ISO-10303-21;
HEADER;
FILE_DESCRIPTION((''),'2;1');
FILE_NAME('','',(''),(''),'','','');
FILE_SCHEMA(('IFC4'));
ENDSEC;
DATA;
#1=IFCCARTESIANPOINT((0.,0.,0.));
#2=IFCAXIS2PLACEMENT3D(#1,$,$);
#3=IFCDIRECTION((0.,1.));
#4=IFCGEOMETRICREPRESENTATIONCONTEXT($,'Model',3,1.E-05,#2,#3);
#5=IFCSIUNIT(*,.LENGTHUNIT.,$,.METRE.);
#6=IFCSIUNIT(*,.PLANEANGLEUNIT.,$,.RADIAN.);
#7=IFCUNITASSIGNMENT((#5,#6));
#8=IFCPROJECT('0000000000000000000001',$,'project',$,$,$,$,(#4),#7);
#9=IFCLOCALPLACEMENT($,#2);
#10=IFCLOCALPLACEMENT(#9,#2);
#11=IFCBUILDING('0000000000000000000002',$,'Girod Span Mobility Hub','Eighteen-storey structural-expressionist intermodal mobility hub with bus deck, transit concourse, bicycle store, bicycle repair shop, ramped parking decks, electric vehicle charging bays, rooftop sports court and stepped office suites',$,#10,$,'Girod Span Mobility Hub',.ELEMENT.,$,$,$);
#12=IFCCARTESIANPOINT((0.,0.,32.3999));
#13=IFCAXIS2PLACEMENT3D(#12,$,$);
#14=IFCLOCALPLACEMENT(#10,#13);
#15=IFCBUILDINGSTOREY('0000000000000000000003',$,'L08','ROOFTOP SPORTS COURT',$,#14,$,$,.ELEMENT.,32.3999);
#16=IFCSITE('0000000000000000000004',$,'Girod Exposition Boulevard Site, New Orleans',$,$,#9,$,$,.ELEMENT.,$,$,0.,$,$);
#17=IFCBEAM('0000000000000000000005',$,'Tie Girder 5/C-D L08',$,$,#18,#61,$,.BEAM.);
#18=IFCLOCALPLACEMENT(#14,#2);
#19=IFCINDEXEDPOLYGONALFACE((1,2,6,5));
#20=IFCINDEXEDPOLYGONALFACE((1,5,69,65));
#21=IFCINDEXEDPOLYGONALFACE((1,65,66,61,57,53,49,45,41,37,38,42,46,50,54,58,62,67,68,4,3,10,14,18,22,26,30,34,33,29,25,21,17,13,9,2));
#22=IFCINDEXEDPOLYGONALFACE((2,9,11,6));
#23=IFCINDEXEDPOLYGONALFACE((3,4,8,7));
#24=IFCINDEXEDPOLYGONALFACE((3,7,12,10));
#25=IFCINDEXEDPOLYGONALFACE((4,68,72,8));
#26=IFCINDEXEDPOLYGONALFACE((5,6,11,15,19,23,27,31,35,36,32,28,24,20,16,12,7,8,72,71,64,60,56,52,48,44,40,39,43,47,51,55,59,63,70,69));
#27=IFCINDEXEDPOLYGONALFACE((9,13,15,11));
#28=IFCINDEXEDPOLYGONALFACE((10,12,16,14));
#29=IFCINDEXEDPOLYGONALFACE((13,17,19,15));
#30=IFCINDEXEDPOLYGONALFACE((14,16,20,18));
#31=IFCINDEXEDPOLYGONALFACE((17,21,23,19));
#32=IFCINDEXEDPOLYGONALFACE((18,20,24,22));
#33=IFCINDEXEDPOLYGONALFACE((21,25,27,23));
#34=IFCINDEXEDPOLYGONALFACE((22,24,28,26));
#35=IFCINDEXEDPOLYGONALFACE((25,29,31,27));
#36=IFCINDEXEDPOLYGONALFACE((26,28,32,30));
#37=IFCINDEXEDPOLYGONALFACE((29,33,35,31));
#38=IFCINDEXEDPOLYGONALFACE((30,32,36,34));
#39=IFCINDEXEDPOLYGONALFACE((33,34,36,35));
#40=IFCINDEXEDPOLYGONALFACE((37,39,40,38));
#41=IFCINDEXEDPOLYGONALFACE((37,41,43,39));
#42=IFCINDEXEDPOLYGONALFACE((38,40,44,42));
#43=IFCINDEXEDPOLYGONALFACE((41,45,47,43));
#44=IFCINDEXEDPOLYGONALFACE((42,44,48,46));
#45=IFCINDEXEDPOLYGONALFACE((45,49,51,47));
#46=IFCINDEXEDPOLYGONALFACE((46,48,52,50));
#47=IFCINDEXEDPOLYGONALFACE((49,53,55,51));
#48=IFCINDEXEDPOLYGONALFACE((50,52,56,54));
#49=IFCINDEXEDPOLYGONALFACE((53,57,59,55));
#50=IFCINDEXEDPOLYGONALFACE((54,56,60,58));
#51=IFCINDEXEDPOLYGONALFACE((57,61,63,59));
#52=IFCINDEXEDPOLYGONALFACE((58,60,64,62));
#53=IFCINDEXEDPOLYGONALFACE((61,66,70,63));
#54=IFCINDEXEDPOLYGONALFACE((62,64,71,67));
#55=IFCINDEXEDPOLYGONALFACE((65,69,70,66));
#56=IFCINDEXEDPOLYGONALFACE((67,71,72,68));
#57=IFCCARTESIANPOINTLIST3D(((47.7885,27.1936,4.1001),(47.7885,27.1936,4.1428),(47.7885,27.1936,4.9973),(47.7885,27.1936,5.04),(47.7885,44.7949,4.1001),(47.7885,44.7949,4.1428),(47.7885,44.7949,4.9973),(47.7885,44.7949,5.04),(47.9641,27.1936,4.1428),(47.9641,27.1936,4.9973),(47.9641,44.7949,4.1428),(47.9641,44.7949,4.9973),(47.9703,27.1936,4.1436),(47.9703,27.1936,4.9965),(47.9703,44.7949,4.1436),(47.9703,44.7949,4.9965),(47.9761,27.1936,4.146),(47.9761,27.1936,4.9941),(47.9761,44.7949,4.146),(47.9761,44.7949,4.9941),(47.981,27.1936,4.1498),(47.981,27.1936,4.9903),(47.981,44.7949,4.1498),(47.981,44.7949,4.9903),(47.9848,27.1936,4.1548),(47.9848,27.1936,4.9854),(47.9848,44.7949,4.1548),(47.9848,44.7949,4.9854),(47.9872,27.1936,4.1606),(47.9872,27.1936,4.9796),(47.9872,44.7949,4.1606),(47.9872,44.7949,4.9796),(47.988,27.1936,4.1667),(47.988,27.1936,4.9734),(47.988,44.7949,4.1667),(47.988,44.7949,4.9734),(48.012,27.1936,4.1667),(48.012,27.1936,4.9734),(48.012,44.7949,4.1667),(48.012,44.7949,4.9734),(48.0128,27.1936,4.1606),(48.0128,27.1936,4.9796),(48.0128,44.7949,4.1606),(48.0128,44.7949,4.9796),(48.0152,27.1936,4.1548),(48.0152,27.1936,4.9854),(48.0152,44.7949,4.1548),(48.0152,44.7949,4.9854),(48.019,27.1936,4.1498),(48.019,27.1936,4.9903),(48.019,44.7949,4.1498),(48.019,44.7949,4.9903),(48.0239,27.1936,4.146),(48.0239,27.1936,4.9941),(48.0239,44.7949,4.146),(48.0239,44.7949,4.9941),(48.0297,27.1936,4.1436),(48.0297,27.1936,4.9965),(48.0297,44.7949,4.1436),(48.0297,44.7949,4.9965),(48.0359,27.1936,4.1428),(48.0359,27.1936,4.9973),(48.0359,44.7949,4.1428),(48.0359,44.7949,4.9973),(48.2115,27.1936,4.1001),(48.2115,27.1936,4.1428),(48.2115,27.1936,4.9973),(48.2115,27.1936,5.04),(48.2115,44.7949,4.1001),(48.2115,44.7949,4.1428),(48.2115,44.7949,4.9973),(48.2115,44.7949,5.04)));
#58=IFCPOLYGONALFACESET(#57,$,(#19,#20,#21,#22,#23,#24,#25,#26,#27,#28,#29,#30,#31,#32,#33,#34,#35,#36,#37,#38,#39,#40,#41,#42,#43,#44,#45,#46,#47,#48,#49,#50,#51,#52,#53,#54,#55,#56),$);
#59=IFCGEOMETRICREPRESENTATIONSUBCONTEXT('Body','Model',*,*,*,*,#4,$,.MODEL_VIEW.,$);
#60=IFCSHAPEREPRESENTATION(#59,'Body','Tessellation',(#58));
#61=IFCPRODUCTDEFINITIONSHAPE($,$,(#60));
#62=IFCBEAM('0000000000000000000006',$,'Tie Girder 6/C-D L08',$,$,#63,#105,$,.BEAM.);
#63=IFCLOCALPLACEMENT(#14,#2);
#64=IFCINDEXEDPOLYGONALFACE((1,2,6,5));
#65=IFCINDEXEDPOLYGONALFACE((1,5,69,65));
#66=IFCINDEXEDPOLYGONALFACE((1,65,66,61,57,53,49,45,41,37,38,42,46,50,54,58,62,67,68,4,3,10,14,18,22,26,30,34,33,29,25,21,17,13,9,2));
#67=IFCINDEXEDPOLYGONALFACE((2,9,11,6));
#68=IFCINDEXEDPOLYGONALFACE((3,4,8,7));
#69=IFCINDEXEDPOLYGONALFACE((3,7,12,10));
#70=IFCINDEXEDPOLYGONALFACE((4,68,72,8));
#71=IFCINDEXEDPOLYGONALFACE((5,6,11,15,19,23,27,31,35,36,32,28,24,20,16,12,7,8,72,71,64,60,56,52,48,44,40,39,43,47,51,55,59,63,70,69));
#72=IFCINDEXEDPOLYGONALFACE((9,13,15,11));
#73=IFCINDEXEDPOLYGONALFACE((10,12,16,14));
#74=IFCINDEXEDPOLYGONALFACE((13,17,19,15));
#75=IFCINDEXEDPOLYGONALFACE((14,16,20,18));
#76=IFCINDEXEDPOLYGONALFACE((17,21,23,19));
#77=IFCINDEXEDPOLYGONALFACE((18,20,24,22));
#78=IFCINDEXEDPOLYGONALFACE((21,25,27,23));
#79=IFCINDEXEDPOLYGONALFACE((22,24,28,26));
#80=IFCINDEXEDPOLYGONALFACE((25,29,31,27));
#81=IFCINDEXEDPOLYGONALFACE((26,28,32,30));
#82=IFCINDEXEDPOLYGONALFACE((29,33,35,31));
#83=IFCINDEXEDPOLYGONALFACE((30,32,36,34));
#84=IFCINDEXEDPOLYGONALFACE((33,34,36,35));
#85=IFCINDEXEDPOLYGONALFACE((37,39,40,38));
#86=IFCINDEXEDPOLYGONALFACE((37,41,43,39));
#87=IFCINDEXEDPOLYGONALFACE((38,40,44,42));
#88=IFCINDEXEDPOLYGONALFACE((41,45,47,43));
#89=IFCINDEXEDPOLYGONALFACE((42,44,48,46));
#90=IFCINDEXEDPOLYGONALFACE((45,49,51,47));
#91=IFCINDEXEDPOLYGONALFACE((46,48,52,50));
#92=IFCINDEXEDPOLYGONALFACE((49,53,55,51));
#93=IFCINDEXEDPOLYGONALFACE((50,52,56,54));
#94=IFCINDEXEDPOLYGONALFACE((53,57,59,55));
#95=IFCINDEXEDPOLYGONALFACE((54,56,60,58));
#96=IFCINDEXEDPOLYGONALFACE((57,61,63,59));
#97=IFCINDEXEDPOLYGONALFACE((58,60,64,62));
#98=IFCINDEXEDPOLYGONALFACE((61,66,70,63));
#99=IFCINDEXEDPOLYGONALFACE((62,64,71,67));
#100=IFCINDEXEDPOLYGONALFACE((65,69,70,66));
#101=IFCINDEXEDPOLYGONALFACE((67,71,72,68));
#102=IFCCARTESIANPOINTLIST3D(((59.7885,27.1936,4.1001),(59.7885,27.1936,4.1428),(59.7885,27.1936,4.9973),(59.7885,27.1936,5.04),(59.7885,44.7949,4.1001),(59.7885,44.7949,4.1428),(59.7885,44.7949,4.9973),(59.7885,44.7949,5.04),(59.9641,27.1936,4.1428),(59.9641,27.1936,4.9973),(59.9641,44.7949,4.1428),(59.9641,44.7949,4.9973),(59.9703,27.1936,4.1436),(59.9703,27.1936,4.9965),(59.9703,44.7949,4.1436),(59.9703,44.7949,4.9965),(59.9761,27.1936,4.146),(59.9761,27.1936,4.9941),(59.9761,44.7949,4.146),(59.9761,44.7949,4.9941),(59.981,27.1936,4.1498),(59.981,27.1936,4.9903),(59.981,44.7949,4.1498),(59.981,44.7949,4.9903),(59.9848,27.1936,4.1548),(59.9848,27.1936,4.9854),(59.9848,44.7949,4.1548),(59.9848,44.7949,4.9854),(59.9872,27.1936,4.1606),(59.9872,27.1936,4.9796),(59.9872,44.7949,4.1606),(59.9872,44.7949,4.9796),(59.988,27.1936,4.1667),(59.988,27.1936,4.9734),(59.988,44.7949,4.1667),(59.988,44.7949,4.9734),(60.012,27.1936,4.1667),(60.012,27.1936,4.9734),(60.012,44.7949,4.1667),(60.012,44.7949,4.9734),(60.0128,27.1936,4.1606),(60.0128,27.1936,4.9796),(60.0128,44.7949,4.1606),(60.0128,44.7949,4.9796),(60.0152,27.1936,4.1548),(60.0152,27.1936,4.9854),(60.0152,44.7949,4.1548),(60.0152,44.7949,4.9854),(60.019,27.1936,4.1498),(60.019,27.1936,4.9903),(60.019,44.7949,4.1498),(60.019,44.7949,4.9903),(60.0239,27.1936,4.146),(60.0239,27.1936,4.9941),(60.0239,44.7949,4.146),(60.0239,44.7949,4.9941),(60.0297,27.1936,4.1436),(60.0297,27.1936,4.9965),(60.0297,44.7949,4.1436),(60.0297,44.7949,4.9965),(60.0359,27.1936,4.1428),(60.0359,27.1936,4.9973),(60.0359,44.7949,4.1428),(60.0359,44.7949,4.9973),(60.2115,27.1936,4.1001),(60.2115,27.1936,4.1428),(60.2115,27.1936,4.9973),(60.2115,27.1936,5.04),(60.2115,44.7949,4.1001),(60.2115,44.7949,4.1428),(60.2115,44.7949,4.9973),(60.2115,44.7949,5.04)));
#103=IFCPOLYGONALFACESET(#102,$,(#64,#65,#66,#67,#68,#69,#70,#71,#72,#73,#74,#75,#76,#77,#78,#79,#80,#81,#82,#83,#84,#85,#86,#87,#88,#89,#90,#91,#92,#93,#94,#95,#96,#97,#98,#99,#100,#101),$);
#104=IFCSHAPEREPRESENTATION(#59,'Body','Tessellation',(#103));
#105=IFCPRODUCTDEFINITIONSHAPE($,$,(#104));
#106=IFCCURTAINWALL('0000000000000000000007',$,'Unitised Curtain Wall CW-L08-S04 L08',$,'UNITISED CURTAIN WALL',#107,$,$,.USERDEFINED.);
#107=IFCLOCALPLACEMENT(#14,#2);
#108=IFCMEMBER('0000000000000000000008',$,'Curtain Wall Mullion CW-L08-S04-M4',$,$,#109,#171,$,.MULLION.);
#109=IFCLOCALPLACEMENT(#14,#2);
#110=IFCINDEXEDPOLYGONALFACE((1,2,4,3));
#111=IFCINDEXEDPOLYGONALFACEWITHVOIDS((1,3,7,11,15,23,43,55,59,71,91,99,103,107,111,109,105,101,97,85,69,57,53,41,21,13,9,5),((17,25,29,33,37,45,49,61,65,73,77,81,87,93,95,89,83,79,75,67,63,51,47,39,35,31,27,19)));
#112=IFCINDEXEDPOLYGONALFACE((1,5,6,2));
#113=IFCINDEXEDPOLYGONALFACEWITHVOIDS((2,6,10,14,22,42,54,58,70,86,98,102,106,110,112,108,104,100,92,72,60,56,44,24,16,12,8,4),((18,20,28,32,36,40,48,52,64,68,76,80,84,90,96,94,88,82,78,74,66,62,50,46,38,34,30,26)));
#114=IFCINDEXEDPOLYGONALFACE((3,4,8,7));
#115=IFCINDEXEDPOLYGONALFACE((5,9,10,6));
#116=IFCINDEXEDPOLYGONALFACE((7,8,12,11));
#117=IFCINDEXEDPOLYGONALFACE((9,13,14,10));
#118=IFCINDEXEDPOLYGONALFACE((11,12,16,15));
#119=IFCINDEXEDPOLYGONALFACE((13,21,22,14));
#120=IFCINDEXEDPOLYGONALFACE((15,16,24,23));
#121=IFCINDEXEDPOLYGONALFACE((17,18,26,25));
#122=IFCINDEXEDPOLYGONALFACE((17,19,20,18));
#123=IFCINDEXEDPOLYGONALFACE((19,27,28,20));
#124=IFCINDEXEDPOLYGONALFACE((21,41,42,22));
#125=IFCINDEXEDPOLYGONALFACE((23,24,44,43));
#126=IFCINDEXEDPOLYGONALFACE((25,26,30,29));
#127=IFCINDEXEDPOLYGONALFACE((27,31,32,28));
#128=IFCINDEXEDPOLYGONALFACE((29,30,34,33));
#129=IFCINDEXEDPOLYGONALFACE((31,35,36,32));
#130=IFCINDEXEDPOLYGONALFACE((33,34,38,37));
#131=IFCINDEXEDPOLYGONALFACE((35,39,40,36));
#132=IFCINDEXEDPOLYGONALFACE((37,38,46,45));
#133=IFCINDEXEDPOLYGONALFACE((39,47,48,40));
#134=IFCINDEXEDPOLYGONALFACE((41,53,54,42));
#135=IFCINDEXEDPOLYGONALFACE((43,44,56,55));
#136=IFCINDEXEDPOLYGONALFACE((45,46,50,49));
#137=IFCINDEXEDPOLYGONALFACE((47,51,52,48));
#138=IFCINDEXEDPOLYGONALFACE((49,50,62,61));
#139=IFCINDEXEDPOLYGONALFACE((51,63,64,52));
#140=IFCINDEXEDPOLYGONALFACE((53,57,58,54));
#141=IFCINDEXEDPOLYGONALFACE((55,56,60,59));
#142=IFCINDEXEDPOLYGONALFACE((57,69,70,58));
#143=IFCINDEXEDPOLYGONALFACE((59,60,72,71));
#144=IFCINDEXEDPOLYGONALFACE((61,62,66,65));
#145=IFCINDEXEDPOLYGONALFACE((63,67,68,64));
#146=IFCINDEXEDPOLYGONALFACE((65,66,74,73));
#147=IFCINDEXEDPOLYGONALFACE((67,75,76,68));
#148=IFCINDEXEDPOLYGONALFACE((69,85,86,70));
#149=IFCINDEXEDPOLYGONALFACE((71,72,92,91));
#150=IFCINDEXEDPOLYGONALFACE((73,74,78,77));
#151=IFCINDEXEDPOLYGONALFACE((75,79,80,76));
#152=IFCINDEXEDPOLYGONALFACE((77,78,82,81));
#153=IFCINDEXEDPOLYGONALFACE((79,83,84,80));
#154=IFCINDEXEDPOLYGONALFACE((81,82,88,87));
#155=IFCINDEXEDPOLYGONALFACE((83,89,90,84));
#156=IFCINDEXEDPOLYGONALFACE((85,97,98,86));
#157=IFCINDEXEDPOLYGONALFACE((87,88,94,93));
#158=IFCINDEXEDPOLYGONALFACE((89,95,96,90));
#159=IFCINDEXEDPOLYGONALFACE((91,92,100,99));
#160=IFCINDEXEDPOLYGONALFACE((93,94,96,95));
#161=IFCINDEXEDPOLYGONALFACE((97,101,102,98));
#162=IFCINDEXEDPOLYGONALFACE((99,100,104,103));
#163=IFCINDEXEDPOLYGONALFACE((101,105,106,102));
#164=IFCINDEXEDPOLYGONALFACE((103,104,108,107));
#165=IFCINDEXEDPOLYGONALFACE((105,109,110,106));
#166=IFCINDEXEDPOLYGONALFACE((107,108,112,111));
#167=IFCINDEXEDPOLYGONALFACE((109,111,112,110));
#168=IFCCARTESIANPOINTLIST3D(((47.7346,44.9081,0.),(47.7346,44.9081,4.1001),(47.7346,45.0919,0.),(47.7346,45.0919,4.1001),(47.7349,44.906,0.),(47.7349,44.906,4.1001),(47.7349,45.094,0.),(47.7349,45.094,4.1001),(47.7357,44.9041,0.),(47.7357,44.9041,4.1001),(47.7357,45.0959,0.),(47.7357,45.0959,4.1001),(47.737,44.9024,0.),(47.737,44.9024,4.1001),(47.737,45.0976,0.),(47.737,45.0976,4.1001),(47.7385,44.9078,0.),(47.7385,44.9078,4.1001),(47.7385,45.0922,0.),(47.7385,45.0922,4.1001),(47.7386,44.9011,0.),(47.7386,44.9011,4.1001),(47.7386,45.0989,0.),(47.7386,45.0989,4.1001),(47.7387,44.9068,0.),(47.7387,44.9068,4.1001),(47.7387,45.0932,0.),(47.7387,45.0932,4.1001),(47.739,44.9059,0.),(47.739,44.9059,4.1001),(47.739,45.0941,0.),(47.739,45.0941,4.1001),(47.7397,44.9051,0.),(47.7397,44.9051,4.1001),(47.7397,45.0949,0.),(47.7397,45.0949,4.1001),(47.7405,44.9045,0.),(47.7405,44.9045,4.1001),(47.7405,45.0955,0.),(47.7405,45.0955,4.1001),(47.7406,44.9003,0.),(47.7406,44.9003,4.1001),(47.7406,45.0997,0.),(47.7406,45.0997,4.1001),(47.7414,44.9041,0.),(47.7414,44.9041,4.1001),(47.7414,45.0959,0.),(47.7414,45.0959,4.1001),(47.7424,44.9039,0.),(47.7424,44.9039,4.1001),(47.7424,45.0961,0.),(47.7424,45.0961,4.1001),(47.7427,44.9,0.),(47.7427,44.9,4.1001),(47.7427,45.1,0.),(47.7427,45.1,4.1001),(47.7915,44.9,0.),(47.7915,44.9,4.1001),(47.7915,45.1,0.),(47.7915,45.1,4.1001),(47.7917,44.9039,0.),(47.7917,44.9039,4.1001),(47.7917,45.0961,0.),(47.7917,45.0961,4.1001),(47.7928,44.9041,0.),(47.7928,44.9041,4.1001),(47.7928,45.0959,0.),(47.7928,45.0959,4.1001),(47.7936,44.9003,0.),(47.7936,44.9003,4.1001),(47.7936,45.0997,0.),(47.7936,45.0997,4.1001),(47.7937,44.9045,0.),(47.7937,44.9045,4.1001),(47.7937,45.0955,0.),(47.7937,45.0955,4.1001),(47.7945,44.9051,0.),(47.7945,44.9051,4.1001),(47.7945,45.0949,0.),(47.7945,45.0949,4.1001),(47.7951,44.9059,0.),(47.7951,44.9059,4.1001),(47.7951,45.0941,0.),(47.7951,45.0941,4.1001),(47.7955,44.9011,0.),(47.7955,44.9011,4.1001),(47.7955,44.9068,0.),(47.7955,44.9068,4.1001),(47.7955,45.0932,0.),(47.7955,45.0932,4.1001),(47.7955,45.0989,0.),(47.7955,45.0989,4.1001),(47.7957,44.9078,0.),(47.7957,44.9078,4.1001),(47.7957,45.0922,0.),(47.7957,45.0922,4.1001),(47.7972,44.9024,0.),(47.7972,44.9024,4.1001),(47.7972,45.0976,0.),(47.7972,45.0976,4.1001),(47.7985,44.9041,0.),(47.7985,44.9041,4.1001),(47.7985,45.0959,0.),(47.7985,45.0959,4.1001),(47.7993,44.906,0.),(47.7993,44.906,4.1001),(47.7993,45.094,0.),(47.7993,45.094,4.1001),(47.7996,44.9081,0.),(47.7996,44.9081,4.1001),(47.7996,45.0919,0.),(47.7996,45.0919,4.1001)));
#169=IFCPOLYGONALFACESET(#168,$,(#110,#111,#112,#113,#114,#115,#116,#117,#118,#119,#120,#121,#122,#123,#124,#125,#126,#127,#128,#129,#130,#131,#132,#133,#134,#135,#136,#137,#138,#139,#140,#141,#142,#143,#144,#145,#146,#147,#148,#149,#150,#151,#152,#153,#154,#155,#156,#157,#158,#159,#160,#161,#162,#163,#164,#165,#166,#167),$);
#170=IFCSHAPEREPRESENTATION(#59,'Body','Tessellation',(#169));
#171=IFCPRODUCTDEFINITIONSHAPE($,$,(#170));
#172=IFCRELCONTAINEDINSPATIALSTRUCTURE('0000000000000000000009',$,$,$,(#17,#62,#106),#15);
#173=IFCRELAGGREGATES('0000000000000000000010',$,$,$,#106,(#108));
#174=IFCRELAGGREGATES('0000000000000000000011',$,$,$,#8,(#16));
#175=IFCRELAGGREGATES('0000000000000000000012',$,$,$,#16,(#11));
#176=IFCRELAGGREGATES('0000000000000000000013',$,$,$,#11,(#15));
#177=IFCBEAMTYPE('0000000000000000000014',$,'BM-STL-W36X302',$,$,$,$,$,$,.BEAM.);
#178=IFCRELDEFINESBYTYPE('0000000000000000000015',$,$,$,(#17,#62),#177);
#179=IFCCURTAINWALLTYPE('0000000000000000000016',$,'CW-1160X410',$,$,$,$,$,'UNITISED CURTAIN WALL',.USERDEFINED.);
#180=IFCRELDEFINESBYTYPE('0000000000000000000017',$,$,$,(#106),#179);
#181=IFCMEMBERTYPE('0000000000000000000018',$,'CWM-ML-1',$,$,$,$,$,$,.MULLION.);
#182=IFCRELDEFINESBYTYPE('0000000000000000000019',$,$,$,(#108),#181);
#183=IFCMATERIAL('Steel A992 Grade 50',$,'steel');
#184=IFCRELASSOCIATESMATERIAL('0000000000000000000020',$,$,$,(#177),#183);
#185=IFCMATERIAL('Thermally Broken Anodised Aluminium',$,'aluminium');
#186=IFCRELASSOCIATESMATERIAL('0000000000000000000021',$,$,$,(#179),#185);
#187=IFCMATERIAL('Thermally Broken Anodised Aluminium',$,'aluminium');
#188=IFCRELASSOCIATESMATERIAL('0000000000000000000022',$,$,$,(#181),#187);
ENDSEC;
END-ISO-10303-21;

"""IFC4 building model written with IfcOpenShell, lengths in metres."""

from ifc_helpers import new_model, si_unit, direction, frame, origin, origin_2d, place, context, subcontext, project, spatial, hollow_rectangle, i_section, extrude, material, material_profile, profile_set, type_object, element, aggregate, save


model = new_model("IFC4")

# Units and contexts
model_context = context("Model", 3, precision=1e-05, world=origin(), true_north=direction((0.0, 1.0)))
body_context = subcontext(model_context, "Body", "Model", "MODEL_VIEW")
ifc_project = project(units=[si_unit("LENGTHUNIT", "METRE"), si_unit("PLANEANGLEUNIT", "RADIAN")], contexts=[model_context])

# Site, building, storey
site_placement = place(None, origin())
site = spatial("IfcSite", under=ifc_project, at=site_placement, Name="Girod Exposition Boulevard Site, New Orleans", CompositionType="ELEMENT", RefElevation=0.0)
building_placement = place(site_placement, origin())
building = spatial("IfcBuilding", under=site, at=building_placement, Name="Girod Span Mobility Hub", Description="Eighteen-storey structural-expressionist intermodal mobility hub with bus deck, transit concourse, bicycle store, bicycle repair shop, ramped parking decks, electric vehicle charging bays, rooftop sports court and stepped office suites", LongName="Girod Span Mobility Hub", CompositionType="ELEMENT")
storey_placement = place(building_placement, frame((0.0, 0.0, 32.3999)))
storey = spatial("IfcBuildingStorey", under=building, at=storey_placement, Name="L08", Description="ROOFTOP SPORTS COURT", CompositionType="ELEMENT", Elevation=32.3999)

# Beams
ifc_material_1 = material(Name="Steel A992 Grade 50", Category="steel")
ifc_material_profile_1 = material_profile(ifc_material_1, i_section(OverallWidth=0.4231, OverallDepth=0.9399, WebThickness=0.0239, FlangeThickness=0.0427, FilletRadius=0.0239, at=origin_2d()), Name="W36X302")
ifc_profile_set_1 = profile_set([ifc_material_profile_1], Name="Steel A992 Grade 50")
beam_type_1 = type_object("IfcBeamType", Name="BM-STL-W36X302", PredefinedType="BEAM", material=ifc_profile_set_1)
for number, where, z_axis, x_axis, name in (
    (1, (48.0, 27.1936, 4.5701), (0.0, 1.0, 0.0), (-1.0, 0.0, 0.0), "Tie Girder 5/C-D L08"),
    (2, (60.0, 27.1936, 4.5701), (0.0, 1.0, 0.0), (-1.0, 0.0, 0.0), "Tie Girder 6/C-D L08"),
):
    element("IfcBeam", number, at=place(storey_placement, frame(where, z_axis=z_axis, x_axis=x_axis)), inside=storey, type_object=beam_type_1, Name=name, PredefinedType="BEAM", context=body_context, shape_type="SweptSolid", body=[
        extrude(i_section(OverallWidth=0.4231, OverallDepth=0.9399, WebThickness=0.0239, FlangeThickness=0.0427, FilletRadius=0.0239, at=origin_2d()), origin(), (0.0, 0.0, 1.0), 17.6013),
    ])

# Curtain wall, member
ifc_material_2 = material(Name="Thermally Broken Anodised Aluminium", Category="aluminium")
curtain_wall_type = type_object("IfcCurtainWallType", Name="CW-1160X410", ElementType="UNITISED CURTAIN WALL", PredefinedType="USERDEFINED", material=ifc_material_2)
curtain_wall_placement = place(storey_placement, origin())
curtain_wall = element("IfcCurtainWall", 3, at=curtain_wall_placement, inside=storey, type_object=curtain_wall_type, Name="Unitised Curtain Wall CW-L08-S04 L08", ObjectType="UNITISED CURTAIN WALL", PredefinedType="USERDEFINED")
ifc_material_3 = material(Name="Thermally Broken Anodised Aluminium", Category="aluminium")
ifc_material_profile_2 = material_profile(ifc_material_3, hollow_rectangle(XDim=0.2, YDim=0.0649, WallThickness=0.0039, InnerFilletRadius=0.0039, OuterFilletRadius=0.0081, at=origin_2d()), Name="CW-ML-65X200")
ifc_profile_set_2 = profile_set([ifc_material_profile_2], Name="Thermally Broken Anodised Aluminium")
member_type_1 = type_object("IfcMemberType", Name="CWM-ML-1", PredefinedType="MULLION", material=ifc_profile_set_2)
member_placement = place(storey_placement, frame((47.7671, 45.0, 0.0), z_axis=(0.0, 0.0, 1.0), x_axis=(0.0, 1.0, 0.0)))
member = element("IfcMember", 4, at=member_placement, type_object=member_type_1, Name="Curtain Wall Mullion CW-L08-S04-M4", PredefinedType="MULLION", context=body_context, shape_type="SweptSolid", body=[
    extrude(hollow_rectangle(XDim=0.2, YDim=0.0649, WallThickness=0.0039, InnerFilletRadius=0.0039, OuterFilletRadius=0.0081, at=origin_2d()), origin(), (0.0, 0.0, 1.0), 4.1001),
])

aggregate(curtain_wall, [member])

save(model, "model.ifc")
